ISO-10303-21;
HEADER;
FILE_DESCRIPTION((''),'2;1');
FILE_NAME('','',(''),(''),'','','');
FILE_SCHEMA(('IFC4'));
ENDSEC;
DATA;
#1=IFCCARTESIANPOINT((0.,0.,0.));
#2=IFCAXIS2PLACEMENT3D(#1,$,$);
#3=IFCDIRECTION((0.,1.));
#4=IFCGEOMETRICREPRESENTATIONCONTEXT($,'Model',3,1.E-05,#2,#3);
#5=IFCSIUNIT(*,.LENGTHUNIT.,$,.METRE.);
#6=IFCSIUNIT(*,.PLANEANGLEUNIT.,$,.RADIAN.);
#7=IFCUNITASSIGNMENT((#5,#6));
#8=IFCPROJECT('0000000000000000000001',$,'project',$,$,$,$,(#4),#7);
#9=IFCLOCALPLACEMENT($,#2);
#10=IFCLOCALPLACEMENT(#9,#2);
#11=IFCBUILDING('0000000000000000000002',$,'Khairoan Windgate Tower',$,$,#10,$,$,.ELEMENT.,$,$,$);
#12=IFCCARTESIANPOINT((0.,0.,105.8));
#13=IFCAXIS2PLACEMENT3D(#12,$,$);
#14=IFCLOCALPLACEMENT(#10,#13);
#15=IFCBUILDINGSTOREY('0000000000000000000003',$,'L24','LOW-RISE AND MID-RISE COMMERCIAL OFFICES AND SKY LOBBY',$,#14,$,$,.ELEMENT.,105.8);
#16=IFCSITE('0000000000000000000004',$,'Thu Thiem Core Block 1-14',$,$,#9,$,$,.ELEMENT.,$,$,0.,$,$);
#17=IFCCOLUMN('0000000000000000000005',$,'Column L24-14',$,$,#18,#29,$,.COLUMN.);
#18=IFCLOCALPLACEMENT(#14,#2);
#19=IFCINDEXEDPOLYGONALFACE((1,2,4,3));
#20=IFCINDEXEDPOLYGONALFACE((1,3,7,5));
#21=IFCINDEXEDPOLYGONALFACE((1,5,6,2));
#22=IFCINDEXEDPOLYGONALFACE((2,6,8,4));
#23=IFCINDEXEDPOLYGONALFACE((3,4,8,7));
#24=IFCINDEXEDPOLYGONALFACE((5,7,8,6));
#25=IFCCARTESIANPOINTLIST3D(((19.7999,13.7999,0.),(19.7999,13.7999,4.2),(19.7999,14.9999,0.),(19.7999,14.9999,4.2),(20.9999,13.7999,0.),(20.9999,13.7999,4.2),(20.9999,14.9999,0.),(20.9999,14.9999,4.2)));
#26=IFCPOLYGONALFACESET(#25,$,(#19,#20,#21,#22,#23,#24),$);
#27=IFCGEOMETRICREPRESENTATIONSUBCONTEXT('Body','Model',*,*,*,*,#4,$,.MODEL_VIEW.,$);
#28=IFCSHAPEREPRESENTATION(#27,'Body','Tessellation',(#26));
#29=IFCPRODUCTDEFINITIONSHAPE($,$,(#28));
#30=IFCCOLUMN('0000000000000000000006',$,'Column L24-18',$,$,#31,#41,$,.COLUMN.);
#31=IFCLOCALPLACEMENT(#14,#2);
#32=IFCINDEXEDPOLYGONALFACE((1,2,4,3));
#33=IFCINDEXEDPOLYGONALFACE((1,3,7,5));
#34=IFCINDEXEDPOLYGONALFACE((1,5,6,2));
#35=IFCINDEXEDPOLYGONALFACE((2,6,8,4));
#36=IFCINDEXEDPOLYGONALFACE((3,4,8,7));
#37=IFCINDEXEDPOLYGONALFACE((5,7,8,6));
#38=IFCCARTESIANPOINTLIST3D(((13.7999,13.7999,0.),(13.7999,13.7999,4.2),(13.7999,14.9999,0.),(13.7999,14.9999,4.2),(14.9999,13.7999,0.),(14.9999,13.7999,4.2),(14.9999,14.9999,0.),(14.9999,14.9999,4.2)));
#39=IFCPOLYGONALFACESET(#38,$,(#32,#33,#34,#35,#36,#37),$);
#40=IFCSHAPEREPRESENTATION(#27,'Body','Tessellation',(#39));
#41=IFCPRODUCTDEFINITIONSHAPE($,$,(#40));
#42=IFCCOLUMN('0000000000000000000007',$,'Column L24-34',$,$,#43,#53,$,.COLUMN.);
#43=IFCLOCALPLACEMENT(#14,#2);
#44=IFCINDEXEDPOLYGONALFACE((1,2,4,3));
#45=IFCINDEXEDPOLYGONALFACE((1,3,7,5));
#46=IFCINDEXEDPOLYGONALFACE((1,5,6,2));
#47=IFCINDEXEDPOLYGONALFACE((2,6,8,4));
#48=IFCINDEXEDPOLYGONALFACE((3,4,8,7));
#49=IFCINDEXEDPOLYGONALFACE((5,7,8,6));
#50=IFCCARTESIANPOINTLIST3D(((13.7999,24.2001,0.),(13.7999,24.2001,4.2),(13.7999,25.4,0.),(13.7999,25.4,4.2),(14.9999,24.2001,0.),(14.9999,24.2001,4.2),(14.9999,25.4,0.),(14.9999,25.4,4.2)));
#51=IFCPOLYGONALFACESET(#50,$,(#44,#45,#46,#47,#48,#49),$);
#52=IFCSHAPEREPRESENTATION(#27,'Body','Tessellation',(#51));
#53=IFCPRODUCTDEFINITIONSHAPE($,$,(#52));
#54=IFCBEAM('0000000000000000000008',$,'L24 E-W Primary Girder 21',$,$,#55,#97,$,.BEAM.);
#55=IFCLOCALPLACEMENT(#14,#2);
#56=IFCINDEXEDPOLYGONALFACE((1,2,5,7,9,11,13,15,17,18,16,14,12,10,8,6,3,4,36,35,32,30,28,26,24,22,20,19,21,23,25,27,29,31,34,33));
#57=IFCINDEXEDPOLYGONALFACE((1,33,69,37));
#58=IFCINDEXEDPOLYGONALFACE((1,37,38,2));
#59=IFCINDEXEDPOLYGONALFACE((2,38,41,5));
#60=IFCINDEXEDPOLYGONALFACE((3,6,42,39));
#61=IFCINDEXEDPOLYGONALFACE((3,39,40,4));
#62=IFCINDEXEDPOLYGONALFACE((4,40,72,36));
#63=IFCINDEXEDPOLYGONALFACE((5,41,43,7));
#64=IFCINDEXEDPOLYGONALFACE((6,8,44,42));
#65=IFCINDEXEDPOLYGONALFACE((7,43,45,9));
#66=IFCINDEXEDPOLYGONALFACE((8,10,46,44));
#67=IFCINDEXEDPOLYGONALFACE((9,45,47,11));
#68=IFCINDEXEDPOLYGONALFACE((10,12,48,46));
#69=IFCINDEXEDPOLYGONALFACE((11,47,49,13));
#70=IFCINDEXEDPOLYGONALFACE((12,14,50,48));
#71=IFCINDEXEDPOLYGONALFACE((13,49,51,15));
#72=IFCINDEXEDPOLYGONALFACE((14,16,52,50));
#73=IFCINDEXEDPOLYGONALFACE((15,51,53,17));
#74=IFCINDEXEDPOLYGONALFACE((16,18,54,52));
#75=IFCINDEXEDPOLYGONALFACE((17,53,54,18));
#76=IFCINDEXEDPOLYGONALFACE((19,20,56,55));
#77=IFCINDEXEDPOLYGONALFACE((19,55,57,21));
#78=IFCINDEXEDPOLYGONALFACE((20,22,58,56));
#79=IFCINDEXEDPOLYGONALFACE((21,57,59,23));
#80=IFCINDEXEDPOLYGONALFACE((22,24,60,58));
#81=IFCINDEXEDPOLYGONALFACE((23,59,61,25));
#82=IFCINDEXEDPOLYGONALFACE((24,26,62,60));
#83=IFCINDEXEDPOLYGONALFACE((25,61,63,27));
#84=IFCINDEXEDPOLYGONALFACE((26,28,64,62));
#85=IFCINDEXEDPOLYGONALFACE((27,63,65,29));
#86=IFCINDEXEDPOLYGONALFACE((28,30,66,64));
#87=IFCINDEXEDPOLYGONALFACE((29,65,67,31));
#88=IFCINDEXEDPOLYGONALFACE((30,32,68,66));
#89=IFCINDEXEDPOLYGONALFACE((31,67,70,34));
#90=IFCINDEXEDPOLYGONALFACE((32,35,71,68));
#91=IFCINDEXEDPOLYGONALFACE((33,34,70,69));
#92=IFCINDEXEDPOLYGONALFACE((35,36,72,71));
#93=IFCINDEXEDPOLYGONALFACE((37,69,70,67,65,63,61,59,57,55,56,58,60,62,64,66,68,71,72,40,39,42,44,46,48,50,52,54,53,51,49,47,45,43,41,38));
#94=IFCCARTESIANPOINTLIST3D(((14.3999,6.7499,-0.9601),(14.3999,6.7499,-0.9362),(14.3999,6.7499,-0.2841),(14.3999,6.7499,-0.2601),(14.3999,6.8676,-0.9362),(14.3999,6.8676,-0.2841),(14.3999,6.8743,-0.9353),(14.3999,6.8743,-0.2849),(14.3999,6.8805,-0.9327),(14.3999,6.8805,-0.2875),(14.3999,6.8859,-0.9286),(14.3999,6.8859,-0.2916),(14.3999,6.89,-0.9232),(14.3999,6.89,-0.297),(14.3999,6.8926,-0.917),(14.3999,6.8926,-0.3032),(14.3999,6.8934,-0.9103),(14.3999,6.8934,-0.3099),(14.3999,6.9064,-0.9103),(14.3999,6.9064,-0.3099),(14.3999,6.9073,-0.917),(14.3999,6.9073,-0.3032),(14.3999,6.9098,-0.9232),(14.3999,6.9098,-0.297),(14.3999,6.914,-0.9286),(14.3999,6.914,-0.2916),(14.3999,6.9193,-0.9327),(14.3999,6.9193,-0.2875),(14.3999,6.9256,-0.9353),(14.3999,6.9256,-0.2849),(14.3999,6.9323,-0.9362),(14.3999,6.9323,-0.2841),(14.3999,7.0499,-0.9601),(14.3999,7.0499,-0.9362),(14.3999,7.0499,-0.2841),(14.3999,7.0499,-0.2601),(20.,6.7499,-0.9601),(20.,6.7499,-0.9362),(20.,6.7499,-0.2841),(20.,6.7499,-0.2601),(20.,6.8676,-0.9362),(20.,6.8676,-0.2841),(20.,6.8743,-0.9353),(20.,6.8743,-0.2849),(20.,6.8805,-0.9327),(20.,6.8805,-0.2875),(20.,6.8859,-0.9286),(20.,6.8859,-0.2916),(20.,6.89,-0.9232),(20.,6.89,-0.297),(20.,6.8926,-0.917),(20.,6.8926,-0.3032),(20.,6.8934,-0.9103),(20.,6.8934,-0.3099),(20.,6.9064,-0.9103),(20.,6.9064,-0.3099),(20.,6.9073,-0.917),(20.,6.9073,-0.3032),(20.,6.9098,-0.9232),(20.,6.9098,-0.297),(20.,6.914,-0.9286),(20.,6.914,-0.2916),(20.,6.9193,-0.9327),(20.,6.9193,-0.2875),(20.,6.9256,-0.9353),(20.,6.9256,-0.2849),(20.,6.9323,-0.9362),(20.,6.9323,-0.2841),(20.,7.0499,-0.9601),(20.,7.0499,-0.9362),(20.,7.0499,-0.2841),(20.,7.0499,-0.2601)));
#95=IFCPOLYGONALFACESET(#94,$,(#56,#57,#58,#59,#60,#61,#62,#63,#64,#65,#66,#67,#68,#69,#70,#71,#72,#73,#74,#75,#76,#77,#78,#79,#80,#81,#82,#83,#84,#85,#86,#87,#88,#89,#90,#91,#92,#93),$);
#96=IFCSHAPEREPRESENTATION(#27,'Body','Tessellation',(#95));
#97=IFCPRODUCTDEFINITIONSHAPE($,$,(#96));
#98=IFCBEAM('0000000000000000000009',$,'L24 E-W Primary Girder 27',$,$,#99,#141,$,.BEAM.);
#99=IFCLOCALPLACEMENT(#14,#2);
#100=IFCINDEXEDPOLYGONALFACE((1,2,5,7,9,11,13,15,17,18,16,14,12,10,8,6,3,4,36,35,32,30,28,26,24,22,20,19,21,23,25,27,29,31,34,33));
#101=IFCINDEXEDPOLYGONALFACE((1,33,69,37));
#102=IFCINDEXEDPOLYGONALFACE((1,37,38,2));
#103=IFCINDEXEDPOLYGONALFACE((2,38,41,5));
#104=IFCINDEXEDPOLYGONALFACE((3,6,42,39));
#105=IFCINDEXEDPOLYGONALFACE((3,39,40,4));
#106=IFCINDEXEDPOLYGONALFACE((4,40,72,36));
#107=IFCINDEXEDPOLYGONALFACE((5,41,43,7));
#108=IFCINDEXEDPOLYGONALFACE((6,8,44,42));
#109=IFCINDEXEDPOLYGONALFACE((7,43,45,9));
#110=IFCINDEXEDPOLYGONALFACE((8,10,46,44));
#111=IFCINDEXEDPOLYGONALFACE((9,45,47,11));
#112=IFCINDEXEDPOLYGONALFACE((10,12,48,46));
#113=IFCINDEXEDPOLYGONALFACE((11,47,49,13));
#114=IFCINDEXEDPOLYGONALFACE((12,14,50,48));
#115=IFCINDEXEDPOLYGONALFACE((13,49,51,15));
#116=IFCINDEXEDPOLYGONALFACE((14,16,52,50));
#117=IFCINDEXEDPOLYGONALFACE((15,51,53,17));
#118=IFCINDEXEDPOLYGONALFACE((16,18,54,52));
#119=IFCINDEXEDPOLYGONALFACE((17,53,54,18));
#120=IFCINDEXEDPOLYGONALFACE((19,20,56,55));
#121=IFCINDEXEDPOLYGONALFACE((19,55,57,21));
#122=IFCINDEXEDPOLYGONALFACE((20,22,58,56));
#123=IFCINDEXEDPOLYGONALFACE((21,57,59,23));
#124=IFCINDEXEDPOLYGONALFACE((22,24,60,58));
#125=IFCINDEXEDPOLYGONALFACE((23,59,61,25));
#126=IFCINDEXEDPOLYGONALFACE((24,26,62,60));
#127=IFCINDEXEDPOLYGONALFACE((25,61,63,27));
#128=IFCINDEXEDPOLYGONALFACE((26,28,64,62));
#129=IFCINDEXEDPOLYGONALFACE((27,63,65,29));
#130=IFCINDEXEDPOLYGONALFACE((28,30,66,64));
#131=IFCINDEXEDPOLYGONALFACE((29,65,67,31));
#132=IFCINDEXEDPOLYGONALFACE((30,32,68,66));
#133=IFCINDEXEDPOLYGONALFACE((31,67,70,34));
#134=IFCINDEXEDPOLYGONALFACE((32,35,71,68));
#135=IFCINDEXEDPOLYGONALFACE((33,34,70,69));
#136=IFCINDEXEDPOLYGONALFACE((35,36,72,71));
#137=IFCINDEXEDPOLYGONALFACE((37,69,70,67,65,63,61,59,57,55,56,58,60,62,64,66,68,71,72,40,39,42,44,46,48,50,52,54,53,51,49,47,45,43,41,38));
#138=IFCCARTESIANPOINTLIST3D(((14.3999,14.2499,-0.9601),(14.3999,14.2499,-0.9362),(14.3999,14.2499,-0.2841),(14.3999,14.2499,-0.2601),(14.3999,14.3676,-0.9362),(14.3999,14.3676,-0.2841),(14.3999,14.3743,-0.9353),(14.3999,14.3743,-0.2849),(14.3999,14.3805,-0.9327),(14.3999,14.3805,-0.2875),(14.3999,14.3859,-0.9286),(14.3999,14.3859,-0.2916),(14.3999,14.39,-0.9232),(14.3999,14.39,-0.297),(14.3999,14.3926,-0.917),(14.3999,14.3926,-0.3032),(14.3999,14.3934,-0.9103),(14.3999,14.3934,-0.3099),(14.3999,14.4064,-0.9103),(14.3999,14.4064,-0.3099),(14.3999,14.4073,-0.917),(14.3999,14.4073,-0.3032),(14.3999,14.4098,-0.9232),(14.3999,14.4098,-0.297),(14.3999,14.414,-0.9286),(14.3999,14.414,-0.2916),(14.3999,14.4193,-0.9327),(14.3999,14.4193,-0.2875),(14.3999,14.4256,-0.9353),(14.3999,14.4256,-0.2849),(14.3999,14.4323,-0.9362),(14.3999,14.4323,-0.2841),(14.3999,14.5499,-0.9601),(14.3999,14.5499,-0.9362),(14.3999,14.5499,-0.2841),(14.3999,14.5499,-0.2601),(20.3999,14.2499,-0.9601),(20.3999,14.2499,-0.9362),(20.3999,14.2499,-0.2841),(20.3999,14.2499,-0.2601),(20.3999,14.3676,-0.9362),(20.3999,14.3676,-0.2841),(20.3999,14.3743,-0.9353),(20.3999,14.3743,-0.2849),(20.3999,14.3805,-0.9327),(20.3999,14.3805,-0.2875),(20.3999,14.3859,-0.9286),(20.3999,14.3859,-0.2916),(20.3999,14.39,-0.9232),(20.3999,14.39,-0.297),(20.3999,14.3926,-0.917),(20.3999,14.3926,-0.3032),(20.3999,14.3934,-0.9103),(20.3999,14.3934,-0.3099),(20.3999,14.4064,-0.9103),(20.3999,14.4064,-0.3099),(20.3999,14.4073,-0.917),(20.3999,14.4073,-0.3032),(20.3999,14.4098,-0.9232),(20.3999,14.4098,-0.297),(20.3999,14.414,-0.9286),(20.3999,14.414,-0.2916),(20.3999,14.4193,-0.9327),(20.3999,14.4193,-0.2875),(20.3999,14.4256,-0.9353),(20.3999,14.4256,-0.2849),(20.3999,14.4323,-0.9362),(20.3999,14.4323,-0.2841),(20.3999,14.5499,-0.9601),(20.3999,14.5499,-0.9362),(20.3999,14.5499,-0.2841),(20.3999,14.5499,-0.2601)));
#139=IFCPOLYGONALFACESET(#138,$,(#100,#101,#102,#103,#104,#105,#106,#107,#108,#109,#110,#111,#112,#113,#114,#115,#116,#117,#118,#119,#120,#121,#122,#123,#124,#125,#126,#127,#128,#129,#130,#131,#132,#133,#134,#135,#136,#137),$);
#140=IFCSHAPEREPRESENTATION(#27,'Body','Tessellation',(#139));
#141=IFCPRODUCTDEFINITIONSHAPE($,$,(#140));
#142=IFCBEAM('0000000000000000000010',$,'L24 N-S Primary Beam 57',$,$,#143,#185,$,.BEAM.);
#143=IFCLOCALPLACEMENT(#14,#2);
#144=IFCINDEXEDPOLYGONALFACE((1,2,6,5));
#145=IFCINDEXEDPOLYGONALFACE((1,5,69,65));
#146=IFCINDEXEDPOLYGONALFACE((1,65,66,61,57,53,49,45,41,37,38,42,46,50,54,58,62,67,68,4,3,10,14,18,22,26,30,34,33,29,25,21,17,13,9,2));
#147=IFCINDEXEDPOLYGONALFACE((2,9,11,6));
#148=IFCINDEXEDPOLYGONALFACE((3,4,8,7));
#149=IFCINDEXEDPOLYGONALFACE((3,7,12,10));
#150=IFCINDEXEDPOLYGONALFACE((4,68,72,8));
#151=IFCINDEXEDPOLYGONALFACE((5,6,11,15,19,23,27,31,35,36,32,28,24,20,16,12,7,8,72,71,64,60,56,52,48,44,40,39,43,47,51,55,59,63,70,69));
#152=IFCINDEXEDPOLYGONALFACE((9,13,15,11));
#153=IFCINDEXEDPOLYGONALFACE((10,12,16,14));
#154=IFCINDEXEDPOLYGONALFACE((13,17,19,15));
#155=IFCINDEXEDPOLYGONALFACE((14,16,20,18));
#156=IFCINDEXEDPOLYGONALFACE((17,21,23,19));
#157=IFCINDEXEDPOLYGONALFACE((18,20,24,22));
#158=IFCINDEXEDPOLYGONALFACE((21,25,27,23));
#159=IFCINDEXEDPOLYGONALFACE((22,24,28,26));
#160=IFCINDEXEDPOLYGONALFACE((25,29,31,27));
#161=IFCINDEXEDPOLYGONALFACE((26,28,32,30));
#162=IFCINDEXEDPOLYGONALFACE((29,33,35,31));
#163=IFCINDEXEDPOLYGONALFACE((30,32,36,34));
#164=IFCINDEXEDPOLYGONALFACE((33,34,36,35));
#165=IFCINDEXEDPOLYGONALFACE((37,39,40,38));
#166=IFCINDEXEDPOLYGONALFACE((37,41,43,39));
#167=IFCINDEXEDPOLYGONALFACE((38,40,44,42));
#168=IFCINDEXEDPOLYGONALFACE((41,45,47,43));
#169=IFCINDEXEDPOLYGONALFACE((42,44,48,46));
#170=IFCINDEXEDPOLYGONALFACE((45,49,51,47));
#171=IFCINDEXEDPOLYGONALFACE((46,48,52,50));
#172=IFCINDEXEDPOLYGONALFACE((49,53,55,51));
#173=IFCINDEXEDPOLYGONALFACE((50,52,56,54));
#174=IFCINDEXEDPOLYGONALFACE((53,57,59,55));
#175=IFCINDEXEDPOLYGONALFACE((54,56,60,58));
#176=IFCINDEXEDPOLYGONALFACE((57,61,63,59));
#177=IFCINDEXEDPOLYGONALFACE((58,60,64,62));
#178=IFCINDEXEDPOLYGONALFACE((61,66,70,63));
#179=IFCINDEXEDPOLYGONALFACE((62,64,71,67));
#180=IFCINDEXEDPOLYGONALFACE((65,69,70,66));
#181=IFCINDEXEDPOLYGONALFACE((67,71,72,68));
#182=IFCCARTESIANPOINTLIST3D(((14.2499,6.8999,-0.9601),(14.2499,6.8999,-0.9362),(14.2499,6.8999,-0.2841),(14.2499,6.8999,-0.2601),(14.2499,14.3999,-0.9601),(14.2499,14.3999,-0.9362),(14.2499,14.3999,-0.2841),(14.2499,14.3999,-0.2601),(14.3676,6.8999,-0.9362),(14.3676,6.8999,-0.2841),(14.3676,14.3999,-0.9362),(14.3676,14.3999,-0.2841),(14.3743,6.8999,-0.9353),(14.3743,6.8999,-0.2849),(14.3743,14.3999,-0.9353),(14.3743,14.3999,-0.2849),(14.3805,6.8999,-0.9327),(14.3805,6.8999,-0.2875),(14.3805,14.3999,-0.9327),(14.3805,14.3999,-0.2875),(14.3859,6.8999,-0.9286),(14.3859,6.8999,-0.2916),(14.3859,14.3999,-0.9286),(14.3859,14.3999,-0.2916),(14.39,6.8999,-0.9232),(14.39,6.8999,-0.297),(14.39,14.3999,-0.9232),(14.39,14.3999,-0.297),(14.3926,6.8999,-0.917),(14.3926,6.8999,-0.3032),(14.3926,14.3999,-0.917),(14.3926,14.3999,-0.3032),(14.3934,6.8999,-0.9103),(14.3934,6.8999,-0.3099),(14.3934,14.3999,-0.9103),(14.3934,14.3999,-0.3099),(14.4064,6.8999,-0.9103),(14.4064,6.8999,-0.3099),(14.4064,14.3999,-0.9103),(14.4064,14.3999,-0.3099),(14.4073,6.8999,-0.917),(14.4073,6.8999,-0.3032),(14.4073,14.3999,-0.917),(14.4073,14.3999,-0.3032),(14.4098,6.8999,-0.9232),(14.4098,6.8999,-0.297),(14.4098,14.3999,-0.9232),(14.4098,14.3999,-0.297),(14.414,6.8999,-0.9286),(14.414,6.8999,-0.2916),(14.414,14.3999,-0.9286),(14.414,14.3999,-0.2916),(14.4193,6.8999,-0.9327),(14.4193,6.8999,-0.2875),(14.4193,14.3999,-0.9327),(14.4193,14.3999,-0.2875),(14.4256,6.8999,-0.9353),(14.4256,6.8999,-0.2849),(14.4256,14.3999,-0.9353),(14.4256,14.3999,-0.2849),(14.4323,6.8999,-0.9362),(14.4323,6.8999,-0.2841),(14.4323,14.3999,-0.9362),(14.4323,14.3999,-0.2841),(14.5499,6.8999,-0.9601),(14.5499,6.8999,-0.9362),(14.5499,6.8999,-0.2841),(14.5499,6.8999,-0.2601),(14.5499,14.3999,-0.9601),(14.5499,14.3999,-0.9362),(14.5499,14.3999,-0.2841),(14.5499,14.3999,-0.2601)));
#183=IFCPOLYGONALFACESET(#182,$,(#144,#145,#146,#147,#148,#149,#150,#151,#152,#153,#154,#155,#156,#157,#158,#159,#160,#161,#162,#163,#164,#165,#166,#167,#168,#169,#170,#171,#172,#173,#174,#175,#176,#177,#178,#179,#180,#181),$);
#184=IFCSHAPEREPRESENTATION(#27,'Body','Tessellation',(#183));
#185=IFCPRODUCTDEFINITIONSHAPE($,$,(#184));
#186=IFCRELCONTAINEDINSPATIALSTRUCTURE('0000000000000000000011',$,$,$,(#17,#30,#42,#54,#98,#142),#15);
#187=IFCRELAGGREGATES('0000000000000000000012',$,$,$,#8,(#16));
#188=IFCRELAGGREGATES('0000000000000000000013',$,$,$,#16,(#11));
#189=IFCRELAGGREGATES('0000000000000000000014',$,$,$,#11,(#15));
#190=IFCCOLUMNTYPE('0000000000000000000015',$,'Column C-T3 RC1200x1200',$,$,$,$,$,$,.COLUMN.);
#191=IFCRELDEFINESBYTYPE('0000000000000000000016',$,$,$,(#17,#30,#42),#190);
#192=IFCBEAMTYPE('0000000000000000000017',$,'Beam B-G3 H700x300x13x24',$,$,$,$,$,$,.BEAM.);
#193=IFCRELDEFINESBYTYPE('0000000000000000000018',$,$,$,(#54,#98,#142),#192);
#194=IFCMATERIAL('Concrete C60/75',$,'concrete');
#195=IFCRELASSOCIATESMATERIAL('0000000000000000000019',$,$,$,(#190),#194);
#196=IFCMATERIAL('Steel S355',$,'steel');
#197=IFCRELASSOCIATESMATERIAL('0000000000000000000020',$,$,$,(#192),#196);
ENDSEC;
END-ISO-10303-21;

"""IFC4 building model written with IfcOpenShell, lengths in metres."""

from ifc_helpers import new_model, si_unit, direction, frame, origin, origin_2d, place, context, subcontext, project, spatial, rectangle, i_section, extrude, material, material_profile, profile_set, type_object, element, save


model = new_model("IFC4")

# Units and contexts
model_context = context("Model", 3, precision=1e-05, world=origin(), true_north=direction((0.0, 1.0)))
body_context = subcontext(model_context, "Body", "Model", "MODEL_VIEW")
ifc_project = project(units=[si_unit("LENGTHUNIT", "METRE"), si_unit("PLANEANGLEUNIT", "RADIAN")], contexts=[model_context])

# Site, building, storey
site_placement = place(None, origin())
site = spatial("IfcSite", under=ifc_project, at=site_placement, Name="Thu Thiem Core Block 1-14", CompositionType="ELEMENT", RefElevation=0.0)
building_placement = place(site_placement, origin())
building = spatial("IfcBuilding", under=site, at=building_placement, Name="Khairoan Windgate Tower", CompositionType="ELEMENT")
storey_placement = place(building_placement, frame((0.0, 0.0, 105.8)))
storey = spatial("IfcBuildingStorey", under=building, at=storey_placement, Name="L24", Description="LOW-RISE AND MID-RISE COMMERCIAL OFFICES AND SKY LOBBY", CompositionType="ELEMENT", Elevation=105.8)

# Columns
ifc_material_1 = material(Name="Concrete C60/75", Category="concrete")
ifc_material_profile_1 = material_profile(ifc_material_1, rectangle(XDim=1.2, YDim=1.2, at=origin_2d()))
ifc_profile_set_1 = profile_set([ifc_material_profile_1], Name="Concrete C60/75")
column_type = type_object("IfcColumnType", Name="Column C-T3 RC1200x1200", PredefinedType="COLUMN", material=ifc_profile_set_1)
for number, where, z_axis, x_axis, name in (
    (1, (20.3999, 14.3999, 0.0), (0.0, 0.0, 1.0), (1.0, 0.0, 0.0), "Column L24-14"),
    (2, (14.3999, 14.3999, 0.0), (0.0, 0.0, 1.0), (1.0, 0.0, 0.0), "Column L24-18"),
    (3, (14.3999, 24.8, 0.0), (0.0, 0.0, 1.0), (1.0, 0.0, 0.0), "Column L24-34"),
):
    element("IfcColumn", number, at=place(storey_placement, frame(where, z_axis=z_axis, x_axis=x_axis)), inside=storey, type_object=column_type, Name=name, PredefinedType="COLUMN", context=body_context, shape_type="SweptSolid", body=[
        extrude(rectangle(XDim=1.2, YDim=1.2, at=origin_2d()), origin(), (0.0, 0.0, 1.0), 4.2),
    ])

# Beams
ifc_material_2 = material(Name="Steel S355", Category="steel")
ifc_material_profile_2 = material_profile(ifc_material_2, i_section(OverallWidth=0.3, OverallDepth=0.7, WebThickness=0.0129, FlangeThickness=0.0239, FilletRadius=0.0259, at=origin_2d()))
ifc_profile_set_2 = profile_set([ifc_material_profile_2], Name="Steel S355")
beam_type_1 = type_object("IfcBeamType", Name="Beam B-G3 H700x300x13x24", PredefinedType="BEAM", material=ifc_profile_set_2)
beam_1_placement = place(storey_placement, frame((14.3999, 6.8999, -0.6101), z_axis=(1.0, 0.0, 0.0), x_axis=(0.0, 1.0, 0.0)))
element("IfcBeam", 4, at=beam_1_placement, inside=storey, type_object=beam_type_1, Name="L24 E-W Primary Girder 21", PredefinedType="BEAM", context=body_context, shape_type="SweptSolid", body=[
    extrude(i_section(OverallWidth=0.3, OverallDepth=0.7, WebThickness=0.0129, FlangeThickness=0.0239, FilletRadius=0.0259, at=origin_2d()), origin(), (0.0, 0.0, 1.0), 5.6001),
])
beam_2_placement = place(storey_placement, frame((14.3999, 14.3999, -0.6101), z_axis=(1.0, 0.0, 0.0), x_axis=(0.0, 1.0, 0.0)))
element("IfcBeam", 5, at=beam_2_placement, inside=storey, type_object=beam_type_1, Name="L24 E-W Primary Girder 27", PredefinedType="BEAM", context=body_context, shape_type="SweptSolid", body=[
    extrude(i_section(OverallWidth=0.3, OverallDepth=0.7, WebThickness=0.0129, FlangeThickness=0.0239, FilletRadius=0.0259, at=origin_2d()), origin(), (0.0, 0.0, 1.0), 6.0),
])
beam_3_placement = place(storey_placement, frame((14.3999, 6.8999, -0.6101), z_axis=(0.0, 1.0, 0.0), x_axis=(-1.0, 0.0, 0.0)))
element("IfcBeam", 6, at=beam_3_placement, inside=storey, type_object=beam_type_1, Name="L24 N-S Primary Beam 57", PredefinedType="BEAM", context=body_context, shape_type="SweptSolid", body=[
    extrude(i_section(OverallWidth=0.3, OverallDepth=0.7, WebThickness=0.0129, FlangeThickness=0.0239, FilletRadius=0.0259, at=origin_2d()), origin(), (0.0, 0.0, 1.0), 7.5),
])

save(model, "model.ifc")
